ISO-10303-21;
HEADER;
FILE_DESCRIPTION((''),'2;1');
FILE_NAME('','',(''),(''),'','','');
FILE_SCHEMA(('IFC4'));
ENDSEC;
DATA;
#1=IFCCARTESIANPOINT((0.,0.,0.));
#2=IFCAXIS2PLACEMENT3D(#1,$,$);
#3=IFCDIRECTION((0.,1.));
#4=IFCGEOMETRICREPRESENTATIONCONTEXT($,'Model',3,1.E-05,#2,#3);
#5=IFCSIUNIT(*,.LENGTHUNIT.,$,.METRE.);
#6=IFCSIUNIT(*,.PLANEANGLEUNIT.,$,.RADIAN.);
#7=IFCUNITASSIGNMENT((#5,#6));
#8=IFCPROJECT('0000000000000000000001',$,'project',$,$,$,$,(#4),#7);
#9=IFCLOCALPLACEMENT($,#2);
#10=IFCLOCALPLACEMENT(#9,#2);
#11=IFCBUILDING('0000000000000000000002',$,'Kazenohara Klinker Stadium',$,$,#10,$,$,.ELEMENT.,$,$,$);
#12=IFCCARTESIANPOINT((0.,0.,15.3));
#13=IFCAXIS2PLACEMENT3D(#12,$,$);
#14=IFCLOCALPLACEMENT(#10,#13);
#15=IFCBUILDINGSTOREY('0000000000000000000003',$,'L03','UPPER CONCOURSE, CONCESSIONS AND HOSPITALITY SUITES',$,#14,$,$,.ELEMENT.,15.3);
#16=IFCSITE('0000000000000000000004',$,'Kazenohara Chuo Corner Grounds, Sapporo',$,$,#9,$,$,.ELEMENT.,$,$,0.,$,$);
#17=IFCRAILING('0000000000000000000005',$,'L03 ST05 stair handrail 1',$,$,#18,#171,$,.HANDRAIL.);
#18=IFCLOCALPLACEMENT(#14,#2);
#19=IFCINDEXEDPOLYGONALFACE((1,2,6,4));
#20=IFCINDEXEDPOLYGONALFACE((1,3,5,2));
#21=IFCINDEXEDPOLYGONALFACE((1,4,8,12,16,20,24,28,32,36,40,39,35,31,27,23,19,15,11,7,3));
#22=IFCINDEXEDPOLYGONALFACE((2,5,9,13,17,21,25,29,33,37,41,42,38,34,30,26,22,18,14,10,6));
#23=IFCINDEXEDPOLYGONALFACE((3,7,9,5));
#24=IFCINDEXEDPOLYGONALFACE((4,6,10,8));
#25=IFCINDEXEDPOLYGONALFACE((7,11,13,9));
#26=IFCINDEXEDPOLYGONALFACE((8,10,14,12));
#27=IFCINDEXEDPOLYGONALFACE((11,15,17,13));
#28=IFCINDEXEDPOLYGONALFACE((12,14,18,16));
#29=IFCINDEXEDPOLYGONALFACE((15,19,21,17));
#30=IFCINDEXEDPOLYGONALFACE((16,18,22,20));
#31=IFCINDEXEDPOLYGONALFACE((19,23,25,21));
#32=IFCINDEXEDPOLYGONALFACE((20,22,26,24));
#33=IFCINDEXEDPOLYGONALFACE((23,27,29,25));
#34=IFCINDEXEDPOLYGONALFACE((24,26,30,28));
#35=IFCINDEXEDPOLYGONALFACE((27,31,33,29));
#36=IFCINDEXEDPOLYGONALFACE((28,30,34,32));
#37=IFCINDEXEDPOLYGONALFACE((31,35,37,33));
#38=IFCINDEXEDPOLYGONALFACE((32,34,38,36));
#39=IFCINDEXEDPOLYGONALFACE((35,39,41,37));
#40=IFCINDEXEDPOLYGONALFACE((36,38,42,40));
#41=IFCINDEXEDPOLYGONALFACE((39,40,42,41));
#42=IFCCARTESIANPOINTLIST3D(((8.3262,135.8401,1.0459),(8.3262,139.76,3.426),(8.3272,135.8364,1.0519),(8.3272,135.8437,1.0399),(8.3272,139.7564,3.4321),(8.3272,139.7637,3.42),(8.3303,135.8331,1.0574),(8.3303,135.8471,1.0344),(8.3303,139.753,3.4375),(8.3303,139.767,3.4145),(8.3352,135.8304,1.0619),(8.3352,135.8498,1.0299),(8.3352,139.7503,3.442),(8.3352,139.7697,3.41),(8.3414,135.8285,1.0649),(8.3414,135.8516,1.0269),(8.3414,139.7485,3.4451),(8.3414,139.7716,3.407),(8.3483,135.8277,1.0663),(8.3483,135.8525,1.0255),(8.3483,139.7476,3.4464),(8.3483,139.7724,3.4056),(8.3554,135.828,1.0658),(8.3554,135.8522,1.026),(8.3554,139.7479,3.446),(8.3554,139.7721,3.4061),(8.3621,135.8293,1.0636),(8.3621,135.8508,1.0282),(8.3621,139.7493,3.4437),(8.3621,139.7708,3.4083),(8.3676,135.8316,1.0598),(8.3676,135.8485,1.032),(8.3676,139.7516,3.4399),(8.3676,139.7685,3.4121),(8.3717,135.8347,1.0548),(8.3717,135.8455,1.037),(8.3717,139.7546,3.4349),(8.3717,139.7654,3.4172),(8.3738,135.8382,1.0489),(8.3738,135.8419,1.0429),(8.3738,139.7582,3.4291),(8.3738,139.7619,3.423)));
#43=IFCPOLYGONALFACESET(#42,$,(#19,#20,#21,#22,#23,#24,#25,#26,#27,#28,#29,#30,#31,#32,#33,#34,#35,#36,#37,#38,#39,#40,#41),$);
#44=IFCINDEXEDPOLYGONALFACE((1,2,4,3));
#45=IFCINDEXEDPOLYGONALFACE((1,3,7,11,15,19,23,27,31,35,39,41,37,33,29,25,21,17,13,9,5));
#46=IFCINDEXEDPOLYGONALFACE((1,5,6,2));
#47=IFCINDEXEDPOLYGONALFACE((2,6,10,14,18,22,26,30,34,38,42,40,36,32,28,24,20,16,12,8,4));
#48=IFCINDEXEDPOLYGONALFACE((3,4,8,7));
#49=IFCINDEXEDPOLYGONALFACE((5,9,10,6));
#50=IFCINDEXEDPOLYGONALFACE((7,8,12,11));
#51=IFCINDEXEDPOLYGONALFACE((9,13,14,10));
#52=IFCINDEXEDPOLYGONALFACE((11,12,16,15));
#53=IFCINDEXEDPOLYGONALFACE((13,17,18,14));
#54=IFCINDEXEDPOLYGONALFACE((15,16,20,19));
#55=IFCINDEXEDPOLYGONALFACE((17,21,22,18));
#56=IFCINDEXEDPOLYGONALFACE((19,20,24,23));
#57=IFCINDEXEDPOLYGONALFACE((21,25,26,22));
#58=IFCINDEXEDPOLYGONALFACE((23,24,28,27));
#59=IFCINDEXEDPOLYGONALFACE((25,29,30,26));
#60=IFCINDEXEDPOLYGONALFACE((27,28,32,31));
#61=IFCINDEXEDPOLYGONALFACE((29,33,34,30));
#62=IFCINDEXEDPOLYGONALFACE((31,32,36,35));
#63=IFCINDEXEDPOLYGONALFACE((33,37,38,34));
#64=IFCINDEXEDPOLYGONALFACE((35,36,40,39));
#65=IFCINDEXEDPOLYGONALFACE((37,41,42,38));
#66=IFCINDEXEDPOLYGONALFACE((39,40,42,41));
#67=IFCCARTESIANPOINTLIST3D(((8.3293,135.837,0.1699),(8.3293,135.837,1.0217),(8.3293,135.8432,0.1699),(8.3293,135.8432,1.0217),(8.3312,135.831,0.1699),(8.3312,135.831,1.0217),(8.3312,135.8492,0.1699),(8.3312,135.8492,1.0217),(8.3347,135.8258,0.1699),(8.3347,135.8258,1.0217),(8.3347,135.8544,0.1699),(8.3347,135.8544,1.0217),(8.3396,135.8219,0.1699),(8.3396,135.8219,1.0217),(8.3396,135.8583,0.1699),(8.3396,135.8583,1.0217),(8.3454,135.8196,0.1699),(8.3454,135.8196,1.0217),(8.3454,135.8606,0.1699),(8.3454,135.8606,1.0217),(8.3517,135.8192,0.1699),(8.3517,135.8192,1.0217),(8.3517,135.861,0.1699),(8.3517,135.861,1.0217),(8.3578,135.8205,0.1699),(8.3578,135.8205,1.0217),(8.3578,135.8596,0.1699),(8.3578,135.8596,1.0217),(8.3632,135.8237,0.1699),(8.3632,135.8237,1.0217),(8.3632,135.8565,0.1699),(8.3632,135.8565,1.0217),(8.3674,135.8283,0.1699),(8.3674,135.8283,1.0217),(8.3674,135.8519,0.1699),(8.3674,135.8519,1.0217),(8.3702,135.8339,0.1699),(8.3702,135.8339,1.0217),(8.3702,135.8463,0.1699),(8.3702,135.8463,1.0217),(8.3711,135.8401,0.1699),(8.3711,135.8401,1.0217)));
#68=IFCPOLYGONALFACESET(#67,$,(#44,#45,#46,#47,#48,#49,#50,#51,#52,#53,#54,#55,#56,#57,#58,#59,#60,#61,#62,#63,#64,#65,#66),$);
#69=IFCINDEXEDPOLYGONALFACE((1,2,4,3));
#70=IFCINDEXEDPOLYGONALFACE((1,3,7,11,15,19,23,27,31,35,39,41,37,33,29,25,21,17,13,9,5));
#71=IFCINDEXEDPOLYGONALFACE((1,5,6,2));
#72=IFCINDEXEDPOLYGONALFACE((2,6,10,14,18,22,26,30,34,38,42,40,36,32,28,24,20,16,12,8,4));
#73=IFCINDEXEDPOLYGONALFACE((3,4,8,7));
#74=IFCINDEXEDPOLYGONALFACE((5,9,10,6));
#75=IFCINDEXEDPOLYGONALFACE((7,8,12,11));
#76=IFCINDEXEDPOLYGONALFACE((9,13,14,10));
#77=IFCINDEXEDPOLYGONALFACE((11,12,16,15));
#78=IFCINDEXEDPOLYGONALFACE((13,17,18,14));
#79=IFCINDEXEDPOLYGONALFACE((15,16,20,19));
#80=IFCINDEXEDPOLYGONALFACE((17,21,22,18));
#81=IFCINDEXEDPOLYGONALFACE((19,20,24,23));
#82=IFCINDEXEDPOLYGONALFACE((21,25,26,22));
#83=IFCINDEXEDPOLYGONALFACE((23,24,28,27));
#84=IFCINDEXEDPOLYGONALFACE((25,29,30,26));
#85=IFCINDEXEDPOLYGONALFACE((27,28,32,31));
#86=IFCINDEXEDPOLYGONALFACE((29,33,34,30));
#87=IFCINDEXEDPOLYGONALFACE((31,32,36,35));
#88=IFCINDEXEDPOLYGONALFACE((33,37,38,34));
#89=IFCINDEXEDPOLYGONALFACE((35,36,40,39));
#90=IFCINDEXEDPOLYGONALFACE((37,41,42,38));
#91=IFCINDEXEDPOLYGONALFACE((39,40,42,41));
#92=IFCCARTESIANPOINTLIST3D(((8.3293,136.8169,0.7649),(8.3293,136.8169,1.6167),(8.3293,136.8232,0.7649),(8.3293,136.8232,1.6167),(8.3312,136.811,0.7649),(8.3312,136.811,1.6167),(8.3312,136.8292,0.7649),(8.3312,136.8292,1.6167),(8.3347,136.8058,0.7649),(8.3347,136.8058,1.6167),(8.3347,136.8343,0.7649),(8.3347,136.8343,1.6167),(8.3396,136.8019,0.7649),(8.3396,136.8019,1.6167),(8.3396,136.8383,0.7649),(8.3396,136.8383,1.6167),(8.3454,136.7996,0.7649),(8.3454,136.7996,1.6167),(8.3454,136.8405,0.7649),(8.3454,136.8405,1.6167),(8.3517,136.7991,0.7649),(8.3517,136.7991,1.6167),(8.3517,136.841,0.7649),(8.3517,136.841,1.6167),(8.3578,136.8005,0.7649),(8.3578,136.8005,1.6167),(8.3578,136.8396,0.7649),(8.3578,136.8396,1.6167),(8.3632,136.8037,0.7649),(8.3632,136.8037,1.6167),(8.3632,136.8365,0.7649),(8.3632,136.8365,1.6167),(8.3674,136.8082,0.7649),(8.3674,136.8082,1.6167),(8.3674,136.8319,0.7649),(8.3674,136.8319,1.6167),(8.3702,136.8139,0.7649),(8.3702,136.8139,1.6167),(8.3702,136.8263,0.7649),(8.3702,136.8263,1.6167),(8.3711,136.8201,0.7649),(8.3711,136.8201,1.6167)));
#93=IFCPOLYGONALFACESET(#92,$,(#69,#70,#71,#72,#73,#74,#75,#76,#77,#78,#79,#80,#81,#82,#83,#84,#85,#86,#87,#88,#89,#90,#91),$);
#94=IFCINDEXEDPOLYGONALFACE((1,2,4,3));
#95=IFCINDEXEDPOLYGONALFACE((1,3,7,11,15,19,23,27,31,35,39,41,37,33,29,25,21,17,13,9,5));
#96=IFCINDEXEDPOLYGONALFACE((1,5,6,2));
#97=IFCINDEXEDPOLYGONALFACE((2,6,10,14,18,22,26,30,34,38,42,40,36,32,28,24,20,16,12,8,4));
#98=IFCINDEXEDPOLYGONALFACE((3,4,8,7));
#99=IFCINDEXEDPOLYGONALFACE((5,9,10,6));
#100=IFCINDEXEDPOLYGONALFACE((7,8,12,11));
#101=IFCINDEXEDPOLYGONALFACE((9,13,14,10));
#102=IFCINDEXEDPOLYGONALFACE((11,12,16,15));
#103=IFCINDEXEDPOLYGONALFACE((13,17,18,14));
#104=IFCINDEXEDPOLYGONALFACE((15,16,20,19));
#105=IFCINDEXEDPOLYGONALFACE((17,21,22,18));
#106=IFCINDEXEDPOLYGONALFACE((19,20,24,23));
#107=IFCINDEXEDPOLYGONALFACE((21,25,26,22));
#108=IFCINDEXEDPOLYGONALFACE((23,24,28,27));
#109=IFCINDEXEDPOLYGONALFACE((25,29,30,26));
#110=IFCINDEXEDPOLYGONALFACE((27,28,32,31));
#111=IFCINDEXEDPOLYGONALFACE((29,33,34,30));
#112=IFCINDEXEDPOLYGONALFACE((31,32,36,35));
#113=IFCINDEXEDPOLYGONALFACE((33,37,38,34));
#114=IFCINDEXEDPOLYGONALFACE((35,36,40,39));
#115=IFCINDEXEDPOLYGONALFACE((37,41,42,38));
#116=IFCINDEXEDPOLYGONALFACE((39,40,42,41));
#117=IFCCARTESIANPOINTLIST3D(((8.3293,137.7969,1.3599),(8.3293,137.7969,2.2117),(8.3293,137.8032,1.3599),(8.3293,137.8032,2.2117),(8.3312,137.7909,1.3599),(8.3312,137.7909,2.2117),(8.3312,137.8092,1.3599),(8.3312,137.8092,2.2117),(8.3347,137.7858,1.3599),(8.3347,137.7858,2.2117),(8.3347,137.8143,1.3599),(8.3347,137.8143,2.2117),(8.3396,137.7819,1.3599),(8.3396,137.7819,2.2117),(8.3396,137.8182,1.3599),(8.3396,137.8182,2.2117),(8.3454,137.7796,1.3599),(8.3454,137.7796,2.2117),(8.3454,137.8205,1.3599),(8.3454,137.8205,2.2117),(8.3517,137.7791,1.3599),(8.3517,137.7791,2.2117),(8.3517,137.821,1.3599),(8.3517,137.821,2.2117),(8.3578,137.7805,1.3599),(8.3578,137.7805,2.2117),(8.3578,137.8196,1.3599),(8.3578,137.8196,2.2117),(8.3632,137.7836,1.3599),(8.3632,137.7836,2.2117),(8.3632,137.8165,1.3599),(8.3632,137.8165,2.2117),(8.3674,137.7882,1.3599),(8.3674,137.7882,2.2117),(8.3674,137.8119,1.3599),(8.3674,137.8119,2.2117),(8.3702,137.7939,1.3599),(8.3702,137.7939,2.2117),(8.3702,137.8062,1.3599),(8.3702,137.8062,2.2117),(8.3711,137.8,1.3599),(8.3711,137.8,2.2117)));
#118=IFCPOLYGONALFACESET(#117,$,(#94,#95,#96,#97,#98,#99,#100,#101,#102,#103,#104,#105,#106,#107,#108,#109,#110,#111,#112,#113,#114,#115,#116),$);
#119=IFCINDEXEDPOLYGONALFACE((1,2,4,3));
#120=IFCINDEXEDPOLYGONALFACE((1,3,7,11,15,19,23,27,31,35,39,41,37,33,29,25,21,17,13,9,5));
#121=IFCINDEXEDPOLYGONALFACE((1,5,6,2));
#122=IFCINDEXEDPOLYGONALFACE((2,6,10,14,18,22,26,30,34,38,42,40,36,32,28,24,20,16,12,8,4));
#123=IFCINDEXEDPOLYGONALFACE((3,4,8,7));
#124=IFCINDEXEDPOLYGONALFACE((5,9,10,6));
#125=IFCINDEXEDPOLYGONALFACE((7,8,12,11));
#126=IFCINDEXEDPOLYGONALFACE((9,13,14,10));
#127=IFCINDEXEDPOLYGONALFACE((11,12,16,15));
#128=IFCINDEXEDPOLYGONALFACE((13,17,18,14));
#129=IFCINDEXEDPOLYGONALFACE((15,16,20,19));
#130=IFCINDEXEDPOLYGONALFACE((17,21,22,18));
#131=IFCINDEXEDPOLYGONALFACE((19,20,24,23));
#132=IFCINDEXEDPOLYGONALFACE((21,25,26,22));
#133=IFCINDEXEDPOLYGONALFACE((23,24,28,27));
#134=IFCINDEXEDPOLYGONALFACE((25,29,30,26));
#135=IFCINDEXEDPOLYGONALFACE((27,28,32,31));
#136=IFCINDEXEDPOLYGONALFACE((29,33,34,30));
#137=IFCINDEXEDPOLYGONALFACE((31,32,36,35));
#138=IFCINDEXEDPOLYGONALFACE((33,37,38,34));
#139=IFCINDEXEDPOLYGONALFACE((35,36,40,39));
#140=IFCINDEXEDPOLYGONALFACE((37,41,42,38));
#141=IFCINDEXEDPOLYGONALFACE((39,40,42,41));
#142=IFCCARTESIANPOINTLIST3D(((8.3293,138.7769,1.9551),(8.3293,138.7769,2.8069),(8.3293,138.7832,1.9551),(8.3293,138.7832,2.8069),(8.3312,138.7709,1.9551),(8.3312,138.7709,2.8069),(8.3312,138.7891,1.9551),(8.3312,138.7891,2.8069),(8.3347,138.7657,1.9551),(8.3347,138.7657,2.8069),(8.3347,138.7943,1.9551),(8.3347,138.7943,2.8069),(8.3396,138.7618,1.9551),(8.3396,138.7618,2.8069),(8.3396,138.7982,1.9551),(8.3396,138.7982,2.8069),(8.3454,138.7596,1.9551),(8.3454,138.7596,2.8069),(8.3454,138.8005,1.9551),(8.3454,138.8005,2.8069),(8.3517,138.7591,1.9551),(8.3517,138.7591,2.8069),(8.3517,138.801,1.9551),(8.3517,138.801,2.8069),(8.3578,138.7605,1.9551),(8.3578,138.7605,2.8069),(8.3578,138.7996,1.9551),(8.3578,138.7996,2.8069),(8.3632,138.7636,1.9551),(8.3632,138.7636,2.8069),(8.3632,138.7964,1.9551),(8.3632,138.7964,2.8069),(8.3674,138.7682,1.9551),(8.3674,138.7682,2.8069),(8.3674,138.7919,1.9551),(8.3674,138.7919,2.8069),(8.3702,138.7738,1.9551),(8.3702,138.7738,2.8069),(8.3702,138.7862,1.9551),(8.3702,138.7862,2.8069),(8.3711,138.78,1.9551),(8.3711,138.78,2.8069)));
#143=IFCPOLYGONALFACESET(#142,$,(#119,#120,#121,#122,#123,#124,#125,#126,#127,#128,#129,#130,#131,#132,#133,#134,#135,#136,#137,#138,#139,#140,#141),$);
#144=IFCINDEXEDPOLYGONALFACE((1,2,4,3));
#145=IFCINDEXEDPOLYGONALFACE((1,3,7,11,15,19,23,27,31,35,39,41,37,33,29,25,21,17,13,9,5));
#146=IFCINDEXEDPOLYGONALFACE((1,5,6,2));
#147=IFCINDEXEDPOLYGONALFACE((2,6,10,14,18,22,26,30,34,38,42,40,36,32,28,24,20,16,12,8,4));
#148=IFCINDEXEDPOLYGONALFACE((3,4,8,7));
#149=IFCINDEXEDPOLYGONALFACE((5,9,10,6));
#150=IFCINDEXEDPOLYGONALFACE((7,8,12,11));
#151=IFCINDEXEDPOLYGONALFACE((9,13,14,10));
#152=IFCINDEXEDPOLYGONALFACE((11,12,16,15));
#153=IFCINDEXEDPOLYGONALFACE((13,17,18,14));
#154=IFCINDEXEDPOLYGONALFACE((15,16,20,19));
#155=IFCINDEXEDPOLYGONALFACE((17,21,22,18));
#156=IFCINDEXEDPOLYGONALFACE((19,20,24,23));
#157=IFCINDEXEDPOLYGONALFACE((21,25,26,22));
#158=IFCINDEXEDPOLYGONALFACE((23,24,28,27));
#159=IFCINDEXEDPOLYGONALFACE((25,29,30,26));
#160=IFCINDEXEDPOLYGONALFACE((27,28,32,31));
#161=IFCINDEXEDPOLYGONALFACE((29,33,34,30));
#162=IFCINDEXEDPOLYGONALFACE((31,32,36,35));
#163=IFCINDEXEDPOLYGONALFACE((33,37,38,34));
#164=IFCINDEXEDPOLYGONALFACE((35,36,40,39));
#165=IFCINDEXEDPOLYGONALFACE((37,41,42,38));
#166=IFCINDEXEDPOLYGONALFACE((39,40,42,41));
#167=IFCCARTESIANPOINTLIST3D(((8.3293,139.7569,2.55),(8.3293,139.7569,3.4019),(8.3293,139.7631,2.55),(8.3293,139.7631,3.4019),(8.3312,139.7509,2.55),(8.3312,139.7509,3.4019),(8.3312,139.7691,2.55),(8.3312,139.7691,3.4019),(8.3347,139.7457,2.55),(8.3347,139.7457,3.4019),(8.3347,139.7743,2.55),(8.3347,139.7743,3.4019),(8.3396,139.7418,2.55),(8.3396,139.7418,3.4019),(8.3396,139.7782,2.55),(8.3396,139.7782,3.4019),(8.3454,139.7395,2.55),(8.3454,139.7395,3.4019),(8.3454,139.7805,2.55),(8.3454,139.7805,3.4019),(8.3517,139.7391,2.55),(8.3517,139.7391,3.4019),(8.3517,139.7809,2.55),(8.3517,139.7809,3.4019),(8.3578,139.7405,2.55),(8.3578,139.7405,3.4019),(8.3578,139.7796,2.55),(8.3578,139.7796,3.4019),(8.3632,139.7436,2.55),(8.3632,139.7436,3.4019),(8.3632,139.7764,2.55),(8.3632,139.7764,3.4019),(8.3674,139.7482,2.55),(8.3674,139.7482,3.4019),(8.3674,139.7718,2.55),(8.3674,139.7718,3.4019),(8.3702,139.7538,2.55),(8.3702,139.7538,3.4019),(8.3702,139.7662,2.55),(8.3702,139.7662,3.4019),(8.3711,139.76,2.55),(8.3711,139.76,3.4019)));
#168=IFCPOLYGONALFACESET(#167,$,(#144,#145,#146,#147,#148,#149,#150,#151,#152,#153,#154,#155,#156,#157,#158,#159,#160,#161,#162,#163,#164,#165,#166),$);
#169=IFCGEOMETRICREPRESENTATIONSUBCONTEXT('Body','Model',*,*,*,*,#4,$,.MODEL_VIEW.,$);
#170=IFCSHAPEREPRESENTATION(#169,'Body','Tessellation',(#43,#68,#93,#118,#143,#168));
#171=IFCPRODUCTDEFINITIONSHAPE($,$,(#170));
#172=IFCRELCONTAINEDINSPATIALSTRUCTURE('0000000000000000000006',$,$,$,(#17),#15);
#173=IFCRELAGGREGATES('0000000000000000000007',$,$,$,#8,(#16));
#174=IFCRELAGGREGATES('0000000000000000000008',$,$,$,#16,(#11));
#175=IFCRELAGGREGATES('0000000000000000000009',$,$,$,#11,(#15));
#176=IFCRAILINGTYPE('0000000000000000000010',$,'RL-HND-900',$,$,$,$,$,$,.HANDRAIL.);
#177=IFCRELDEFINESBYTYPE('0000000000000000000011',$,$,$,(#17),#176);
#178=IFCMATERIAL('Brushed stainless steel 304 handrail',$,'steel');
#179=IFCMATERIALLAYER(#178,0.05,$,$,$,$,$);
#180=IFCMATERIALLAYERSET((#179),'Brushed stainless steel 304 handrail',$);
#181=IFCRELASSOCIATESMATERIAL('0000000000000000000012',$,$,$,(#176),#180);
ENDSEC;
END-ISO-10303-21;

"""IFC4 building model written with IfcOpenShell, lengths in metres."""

from ifc_helpers import new_model, si_unit, direction, frame, origin, origin_2d, place, context, subcontext, project, spatial, circle, extrude, material, layer, layer_set, type_object, element, save


model = new_model("IFC4")

# Units and contexts
model_context = context("Model", 3, precision=1e-05, world=origin(), true_north=direction((0.0, 1.0)))
body_context = subcontext(model_context, "Body", "Model", "MODEL_VIEW")
ifc_project = project(units=[si_unit("LENGTHUNIT", "METRE"), si_unit("PLANEANGLEUNIT", "RADIAN")], contexts=[model_context])

# Site, building, storey
site_placement = place(None, origin())
site = spatial("IfcSite", under=ifc_project, at=site_placement, Name="Kazenohara Chuo Corner Grounds, Sapporo", CompositionType="ELEMENT", RefElevation=0.0)
building_placement = place(site_placement, origin())
building = spatial("IfcBuilding", under=site, at=building_placement, Name="Kazenohara Klinker Stadium", CompositionType="ELEMENT")
storey_placement = place(building_placement, frame((0.0, 0.0, 15.3)))
storey = spatial("IfcBuildingStorey", under=building, at=storey_placement, Name="L03", Description="UPPER CONCOURSE, CONCESSIONS AND HOSPITALITY SUITES", CompositionType="ELEMENT", Elevation=15.3)

# Railing
ifc_material_1 = material(Name="Brushed stainless steel 304 handrail", Category="steel")
ifc_layer_1 = layer(ifc_material_1, 0.05)
ifc_layer_set_1 = layer_set([ifc_layer_1], Name="Brushed stainless steel 304 handrail")
railing_type_1 = type_object("IfcRailingType", Name="RL-HND-900", PredefinedType="HANDRAIL", material=ifc_layer_set_1)
railing_1_placement = place(storey_placement, frame((8.3501, 135.8401, 0.1699)))
element("IfcRailing", 1, at=railing_1_placement, inside=storey, type_object=railing_type_1, Name="L03 ST05 stair handrail 1", PredefinedType="HANDRAIL", context=body_context, shape_type="SweptSolid", body=[
    extrude(circle(Radius=0.0239, at=origin_2d()), frame((0.0, 0.0, 0.876), z_axis=(0.0, 0.854771, 0.519006), x_axis=(-1.0, 0.0, 0.0)), (0.0, 0.0, 1.0), 4.5859),
    extrude(circle(Radius=0.021, at=origin_2d()), origin(), (0.0, 0.0, 1.0), 0.8518),
    extrude(circle(Radius=0.021, at=origin_2d()), frame((0.0, 0.98, 0.595)), (0.0, 0.0, 1.0), 0.8518),
    extrude(circle(Radius=0.021, at=origin_2d()), frame((0.0, 1.96, 1.1899)), (0.0, 0.0, 1.0), 0.8518),
    extrude(circle(Radius=0.021, at=origin_2d()), frame((0.0, 2.9399, 1.7852)), (0.0, 0.0, 1.0), 0.8518),
    extrude(circle(Radius=0.021, at=origin_2d()), frame((0.0, 3.9199, 2.3801)), (0.0, 0.0, 1.0), 0.8518),
])

save(model, "model.ifc")
